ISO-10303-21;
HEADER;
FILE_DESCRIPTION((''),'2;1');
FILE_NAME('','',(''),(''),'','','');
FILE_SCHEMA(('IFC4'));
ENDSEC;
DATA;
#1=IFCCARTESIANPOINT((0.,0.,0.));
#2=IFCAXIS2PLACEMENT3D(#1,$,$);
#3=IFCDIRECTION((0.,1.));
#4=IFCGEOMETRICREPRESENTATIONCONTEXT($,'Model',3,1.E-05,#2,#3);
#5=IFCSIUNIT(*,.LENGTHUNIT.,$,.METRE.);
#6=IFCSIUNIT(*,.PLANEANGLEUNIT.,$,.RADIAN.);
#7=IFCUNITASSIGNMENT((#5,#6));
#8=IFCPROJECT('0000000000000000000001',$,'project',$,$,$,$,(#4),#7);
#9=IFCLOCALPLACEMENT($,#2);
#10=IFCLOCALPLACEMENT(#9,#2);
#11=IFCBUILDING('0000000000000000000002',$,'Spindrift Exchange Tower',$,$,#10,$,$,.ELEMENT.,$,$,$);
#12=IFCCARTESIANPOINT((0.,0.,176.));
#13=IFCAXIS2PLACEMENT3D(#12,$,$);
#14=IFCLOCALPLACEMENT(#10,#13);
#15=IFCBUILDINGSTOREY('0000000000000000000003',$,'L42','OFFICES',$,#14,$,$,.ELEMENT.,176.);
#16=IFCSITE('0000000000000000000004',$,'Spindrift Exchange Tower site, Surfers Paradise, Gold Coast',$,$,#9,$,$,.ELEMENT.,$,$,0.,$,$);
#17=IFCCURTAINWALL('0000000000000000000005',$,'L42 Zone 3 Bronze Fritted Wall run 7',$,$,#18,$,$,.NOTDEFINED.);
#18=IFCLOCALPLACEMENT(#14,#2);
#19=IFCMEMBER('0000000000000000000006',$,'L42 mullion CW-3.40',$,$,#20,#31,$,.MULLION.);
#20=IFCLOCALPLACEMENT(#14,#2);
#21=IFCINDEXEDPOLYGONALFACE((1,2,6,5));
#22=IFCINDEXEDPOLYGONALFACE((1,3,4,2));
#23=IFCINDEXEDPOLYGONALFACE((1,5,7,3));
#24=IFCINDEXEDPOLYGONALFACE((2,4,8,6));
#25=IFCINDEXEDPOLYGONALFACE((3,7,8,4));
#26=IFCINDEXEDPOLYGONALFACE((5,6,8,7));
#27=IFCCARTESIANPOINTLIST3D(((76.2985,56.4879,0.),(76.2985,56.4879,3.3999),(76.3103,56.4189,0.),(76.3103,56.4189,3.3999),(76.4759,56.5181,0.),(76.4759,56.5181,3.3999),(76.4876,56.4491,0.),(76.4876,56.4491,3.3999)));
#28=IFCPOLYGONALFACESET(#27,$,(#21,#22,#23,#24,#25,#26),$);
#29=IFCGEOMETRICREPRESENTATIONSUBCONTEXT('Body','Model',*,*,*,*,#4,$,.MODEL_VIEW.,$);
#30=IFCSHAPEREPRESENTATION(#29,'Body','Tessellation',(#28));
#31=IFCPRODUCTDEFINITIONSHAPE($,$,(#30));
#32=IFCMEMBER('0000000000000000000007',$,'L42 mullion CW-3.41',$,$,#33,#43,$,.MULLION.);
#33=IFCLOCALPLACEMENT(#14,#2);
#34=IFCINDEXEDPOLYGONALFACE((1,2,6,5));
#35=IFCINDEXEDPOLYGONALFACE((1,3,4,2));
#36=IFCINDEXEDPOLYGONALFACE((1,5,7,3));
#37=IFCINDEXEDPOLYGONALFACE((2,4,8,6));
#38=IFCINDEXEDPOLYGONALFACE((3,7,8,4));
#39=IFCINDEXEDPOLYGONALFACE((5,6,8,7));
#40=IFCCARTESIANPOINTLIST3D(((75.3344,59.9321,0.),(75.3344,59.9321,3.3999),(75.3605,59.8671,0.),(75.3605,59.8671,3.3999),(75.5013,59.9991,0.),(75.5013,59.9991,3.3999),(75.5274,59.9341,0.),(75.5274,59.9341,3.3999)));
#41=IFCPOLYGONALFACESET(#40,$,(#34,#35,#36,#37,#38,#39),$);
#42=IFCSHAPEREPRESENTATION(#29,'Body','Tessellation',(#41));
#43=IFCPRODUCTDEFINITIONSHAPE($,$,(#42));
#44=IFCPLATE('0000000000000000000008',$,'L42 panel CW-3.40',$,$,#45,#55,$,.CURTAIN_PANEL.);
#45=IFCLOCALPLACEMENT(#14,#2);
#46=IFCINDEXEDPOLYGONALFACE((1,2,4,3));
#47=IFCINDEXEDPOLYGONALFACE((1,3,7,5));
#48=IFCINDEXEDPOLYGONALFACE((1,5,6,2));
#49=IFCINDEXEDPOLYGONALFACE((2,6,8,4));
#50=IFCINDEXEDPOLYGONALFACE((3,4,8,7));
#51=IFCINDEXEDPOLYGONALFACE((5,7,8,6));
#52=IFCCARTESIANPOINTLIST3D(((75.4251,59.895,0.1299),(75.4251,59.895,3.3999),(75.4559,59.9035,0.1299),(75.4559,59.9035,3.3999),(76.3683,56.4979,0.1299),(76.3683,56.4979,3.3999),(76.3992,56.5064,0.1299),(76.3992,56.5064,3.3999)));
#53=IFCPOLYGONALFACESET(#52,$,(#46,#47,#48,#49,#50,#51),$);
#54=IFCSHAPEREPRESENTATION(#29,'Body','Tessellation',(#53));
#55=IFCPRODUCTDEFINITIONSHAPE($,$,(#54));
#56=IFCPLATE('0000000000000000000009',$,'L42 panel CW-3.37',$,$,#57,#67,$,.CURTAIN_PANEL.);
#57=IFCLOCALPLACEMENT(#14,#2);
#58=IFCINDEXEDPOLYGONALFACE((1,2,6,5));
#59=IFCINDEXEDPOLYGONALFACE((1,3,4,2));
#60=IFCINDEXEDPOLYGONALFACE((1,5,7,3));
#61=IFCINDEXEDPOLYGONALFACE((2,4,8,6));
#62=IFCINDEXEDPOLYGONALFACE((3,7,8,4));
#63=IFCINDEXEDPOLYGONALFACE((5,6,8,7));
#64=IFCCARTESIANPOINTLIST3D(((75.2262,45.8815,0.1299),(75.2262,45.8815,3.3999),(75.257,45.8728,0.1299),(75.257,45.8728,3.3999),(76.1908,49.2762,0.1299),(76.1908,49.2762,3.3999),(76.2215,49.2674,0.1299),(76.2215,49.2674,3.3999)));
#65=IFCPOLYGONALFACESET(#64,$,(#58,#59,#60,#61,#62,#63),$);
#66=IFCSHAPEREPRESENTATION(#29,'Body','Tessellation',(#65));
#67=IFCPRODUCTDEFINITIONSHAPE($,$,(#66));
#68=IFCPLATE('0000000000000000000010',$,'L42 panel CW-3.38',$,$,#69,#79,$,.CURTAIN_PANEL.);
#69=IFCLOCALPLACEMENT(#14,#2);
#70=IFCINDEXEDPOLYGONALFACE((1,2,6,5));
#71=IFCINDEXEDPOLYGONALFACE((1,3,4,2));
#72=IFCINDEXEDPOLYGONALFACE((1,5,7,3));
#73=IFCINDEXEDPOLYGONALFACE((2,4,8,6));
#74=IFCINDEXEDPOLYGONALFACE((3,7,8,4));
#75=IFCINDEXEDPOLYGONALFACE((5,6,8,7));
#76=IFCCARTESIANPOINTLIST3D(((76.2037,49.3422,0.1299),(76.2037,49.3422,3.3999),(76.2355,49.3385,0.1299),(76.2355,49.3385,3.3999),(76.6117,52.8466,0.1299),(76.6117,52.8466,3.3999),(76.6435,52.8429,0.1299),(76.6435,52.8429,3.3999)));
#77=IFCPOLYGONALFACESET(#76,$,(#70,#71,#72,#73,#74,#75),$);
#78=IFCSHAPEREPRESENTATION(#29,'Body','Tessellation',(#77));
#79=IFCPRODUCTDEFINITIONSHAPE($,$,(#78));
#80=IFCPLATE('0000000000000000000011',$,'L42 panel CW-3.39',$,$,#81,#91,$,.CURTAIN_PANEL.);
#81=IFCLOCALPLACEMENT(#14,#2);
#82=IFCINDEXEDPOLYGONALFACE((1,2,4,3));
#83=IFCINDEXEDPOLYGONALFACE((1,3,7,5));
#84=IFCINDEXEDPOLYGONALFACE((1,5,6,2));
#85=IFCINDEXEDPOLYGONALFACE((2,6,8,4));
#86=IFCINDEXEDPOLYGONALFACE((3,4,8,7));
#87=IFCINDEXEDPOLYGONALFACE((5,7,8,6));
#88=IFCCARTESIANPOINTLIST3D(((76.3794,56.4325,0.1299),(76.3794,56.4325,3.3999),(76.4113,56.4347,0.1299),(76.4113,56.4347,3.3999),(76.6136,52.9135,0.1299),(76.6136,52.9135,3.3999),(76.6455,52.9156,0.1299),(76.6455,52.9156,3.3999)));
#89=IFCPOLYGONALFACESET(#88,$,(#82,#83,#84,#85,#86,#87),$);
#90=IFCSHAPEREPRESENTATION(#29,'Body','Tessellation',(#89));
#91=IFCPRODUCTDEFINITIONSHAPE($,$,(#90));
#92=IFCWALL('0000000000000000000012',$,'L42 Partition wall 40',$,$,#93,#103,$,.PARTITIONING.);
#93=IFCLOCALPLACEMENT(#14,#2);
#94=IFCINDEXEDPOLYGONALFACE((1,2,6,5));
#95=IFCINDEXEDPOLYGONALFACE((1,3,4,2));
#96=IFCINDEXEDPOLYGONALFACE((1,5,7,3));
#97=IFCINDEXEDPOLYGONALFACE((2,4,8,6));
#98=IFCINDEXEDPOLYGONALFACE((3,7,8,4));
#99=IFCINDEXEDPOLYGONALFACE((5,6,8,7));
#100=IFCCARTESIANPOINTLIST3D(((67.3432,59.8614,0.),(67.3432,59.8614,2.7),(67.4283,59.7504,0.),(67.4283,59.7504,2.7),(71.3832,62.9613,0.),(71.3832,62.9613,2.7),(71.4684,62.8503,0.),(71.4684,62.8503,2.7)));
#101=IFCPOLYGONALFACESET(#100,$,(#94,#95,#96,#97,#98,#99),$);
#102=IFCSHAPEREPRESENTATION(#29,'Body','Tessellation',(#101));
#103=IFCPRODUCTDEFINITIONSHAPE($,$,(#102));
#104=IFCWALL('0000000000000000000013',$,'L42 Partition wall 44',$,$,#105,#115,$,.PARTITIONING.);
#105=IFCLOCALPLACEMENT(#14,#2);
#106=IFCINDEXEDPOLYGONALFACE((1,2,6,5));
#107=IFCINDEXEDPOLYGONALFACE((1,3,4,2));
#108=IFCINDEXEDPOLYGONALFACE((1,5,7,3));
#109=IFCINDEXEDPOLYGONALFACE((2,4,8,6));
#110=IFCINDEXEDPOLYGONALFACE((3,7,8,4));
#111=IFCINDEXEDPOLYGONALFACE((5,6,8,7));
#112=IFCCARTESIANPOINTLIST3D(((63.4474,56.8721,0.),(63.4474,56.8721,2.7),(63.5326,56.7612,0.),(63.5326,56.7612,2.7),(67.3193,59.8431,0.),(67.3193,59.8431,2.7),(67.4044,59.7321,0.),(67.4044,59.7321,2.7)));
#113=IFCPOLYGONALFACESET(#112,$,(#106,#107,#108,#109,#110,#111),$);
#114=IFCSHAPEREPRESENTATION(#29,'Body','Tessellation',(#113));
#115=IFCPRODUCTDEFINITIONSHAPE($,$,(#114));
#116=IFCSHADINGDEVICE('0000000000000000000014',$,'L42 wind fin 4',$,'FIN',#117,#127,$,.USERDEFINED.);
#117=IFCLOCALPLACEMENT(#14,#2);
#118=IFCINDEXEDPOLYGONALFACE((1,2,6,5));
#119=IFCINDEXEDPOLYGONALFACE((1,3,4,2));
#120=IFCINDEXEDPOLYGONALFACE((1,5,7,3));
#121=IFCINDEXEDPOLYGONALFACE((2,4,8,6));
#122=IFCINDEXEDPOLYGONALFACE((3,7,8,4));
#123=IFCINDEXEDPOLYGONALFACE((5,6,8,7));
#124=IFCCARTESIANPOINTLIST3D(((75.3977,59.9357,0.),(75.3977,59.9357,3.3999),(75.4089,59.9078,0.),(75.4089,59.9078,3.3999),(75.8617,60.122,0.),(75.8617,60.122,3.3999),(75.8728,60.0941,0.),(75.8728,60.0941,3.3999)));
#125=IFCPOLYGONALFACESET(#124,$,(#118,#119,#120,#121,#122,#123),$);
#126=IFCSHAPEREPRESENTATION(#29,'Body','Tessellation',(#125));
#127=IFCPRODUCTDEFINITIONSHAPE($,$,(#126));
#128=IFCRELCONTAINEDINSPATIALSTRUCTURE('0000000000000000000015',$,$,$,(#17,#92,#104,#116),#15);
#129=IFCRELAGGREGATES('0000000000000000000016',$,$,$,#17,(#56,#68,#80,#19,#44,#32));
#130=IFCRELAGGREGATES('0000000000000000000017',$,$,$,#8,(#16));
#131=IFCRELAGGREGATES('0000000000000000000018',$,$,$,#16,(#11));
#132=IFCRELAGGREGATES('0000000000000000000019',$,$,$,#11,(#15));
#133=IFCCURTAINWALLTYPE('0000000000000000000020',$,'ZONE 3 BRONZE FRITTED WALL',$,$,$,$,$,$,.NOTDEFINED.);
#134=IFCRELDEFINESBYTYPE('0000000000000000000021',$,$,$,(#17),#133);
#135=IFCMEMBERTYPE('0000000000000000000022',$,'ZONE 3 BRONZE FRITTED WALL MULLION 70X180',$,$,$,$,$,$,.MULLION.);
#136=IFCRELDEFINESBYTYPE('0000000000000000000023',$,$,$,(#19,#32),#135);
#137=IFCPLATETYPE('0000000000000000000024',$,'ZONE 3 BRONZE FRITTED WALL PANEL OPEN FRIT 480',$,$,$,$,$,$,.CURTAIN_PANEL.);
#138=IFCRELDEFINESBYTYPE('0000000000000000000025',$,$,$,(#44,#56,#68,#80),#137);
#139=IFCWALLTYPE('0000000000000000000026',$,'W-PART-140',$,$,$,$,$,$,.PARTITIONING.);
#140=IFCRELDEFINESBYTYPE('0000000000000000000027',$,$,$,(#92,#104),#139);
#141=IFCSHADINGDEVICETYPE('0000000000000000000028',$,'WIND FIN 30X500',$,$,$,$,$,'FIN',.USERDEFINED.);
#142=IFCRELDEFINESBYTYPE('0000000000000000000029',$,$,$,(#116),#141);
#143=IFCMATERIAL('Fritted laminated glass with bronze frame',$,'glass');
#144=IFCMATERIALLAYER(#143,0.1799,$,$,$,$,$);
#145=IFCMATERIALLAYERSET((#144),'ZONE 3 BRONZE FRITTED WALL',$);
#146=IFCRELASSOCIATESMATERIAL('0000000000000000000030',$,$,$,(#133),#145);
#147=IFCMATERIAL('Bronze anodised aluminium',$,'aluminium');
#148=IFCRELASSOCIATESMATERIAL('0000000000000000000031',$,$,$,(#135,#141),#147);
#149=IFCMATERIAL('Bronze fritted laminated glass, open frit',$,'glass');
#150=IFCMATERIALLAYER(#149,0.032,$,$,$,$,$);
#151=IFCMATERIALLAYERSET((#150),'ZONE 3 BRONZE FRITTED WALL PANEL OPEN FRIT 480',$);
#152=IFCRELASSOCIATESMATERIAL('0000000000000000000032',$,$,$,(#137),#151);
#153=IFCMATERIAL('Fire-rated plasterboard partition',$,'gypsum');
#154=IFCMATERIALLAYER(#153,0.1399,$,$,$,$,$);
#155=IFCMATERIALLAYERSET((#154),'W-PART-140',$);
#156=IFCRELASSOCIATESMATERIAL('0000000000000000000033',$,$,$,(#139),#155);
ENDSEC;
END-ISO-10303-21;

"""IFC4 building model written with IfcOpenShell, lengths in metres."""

from ifc_helpers import new_model, si_unit, direction, frame, frame_2d, origin, origin_2d, place, context, subcontext, project, spatial, rectangle, extrude, source, transform, mapped, material, layer, layer_set, material_profile, profile_set, type_object, element, aggregate, save


model = new_model("IFC4")

# Units and contexts
model_context = context("Model", 3, precision=1e-05, world=origin(), true_north=direction((0.0, 1.0)))
body_context = subcontext(model_context, "Body", "Model", "MODEL_VIEW")
ifc_project = project(units=[si_unit("LENGTHUNIT", "METRE"), si_unit("PLANEANGLEUNIT", "RADIAN")], contexts=[model_context])

# Site, building, storey
site_placement = place(None, origin())
site = spatial("IfcSite", under=ifc_project, at=site_placement, Name="Spindrift Exchange Tower site, Surfers Paradise, Gold Coast", CompositionType="ELEMENT", RefElevation=0.0)
building_placement = place(site_placement, origin())
building = spatial("IfcBuilding", under=site, at=building_placement, Name="Spindrift Exchange Tower", CompositionType="ELEMENT")
storey_placement = place(building_placement, frame((0.0, 0.0, 176.0)))
storey = spatial("IfcBuildingStorey", under=building, at=storey_placement, Name="L42", Description="OFFICES", CompositionType="ELEMENT", Elevation=176.0)

# Curtain wall, members, plates
ifc_material_1 = material(Name="Fritted laminated glass with bronze frame", Category="glass")
ifc_layer_1 = layer(ifc_material_1, 0.1799)
ifc_layer_set_1 = layer_set([ifc_layer_1], Name="ZONE 3 BRONZE FRITTED WALL")
curtain_wall_type = type_object("IfcCurtainWallType", Name="ZONE 3 BRONZE FRITTED WALL", PredefinedType="NOTDEFINED", material=ifc_layer_set_1)
curtain_wall_placement = place(storey_placement, origin())
curtain_wall = element("IfcCurtainWall", 1, at=curtain_wall_placement, inside=storey, type_object=curtain_wall_type, Name="L42 Zone 3 Bronze Fritted Wall run 7", PredefinedType="NOTDEFINED")
ifc_material_2 = material(Name="Bronze anodised aluminium", Category="aluminium")
ifc_material_profile_1 = material_profile(ifc_material_2, rectangle(XDim=0.0701, YDim=0.1799, at=origin_2d()), Name="ZONE 3 BRONZE FRITTED WALL MULLION 70X180")
ifc_profile_set_1 = profile_set([ifc_material_profile_1], Name="Bronze anodised aluminium")
member_type_1 = type_object("IfcMemberType", Name="ZONE 3 BRONZE FRITTED WALL MULLION 70X180", PredefinedType="MULLION", material=ifc_profile_set_1)
shared_shape_1 = source(origin(), body_context, "Body", "SweptSolid", [
    extrude(rectangle(XDim=0.0701, YDim=0.1799, at=origin_2d()), origin(), (0.0, 0.0, 1.0), 3.3999),
])
member_1_placement = place(storey_placement, frame((76.3931, 56.4685, 0.0), z_axis=(0.0, 0.0, 1.0), x_axis=(-0.167846, 0.985813, 0.0)))
member_1 = element("IfcMember", 2, at=member_1_placement, type_object=member_type_1, Name="L42 mullion CW-3.40", PredefinedType="MULLION", context=body_context, shape_type="MappedRepresentation", body=[
    mapped(shared_shape_1, transform((0.0, 0.0, 0.0), scale=1.0)),
])
member_2_placement = place(storey_placement, frame((75.4309, 59.9331, 0.0), z_axis=(0.0, 0.0, 1.0), x_axis=(-0.372632, 0.927979, 0.0)))
member_2 = element("IfcMember", 3, at=member_2_placement, type_object=member_type_1, Name="L42 mullion CW-3.41", PredefinedType="MULLION", context=body_context, shape_type="MappedRepresentation", body=[
    mapped(shared_shape_1, transform((0.0, 0.0, 0.0), scale=1.0)),
])
ifc_material_3 = material(Name="Bronze fritted laminated glass, open frit", Category="glass")
ifc_layer_2 = layer(ifc_material_3, 0.032)
ifc_layer_set_2 = layer_set([ifc_layer_2], Name="ZONE 3 BRONZE FRITTED WALL PANEL OPEN FRIT 480")
plate_type = type_object("IfcPlateType", Name="ZONE 3 BRONZE FRITTED WALL PANEL OPEN FRIT 480", PredefinedType="CURTAIN_PANEL", material=ifc_layer_set_2)
shared_shape_2 = source(origin(), body_context, "Body", "SweptSolid", [
    extrude(rectangle(XDim=3.5256, YDim=0.032, at=origin_2d()), origin(), (0.0, 0.0, 1.0), 3.27),
])
plate_1_placement = place(storey_placement, frame((75.9121, 58.2007, 0.1299), z_axis=(0.0, 0.0, 1.0), x_axis=(-0.267551, 0.963544, 0.0)))
plate_1 = element("IfcPlate", 4, at=plate_1_placement, type_object=plate_type, Name="L42 panel CW-3.40", PredefinedType="CURTAIN_PANEL", context=body_context, shape_type="MappedRepresentation", body=[
    mapped(shared_shape_2, transform((0.0, 0.0, 0.0), scale=1.0)),
])
shared_shape_3 = source(origin(), body_context, "Body", "SweptSolid", [
    extrude(rectangle(XDim=3.5291, YDim=0.032, at=origin_2d()), origin(), (0.0, 0.0, 1.0), 3.27),
])
plate_2_placement = place(storey_placement, frame((75.7239, 47.5745, 0.1299), z_axis=(0.0, 0.0, 1.0), x_axis=(0.273315, 0.961925, 0.0)))
plate_2 = element("IfcPlate", 5, at=plate_2_placement, type_object=plate_type, Name="L42 panel CW-3.37", PredefinedType="CURTAIN_PANEL", context=body_context, shape_type="MappedRepresentation", body=[
    mapped(shared_shape_3, transform((0.0, 0.0, 0.0), scale=1.0)),
])
shared_shape_4 = source(origin(), body_context, "Body", "SweptSolid", [
    extrude(rectangle(XDim=3.5281, YDim=0.032, at=origin_2d()), origin(), (0.0, 0.0, 1.0), 3.27),
])
plate_3_placement = place(storey_placement, frame((76.4236, 51.0925, 0.1299), z_axis=(0.0, 0.0, 1.0), x_axis=(0.115643, 0.993291, 0.0)))
plate_3 = element("IfcPlate", 6, at=plate_3_placement, type_object=plate_type, Name="L42 panel CW-3.38", PredefinedType="CURTAIN_PANEL", context=body_context, shape_type="MappedRepresentation", body=[
    mapped(shared_shape_4, transform((0.0, 0.0, 0.0), scale=1.0)),
])
shared_shape_5 = source(origin(), body_context, "Body", "SweptSolid", [
    extrude(rectangle(XDim=3.5269, YDim=0.032, at=origin_2d()), origin(), (0.0, 0.0, 1.0), 3.27),
])
plate_4_placement = place(storey_placement, frame((76.5125, 54.6741, 0.1299), z_axis=(0.0, 0.0, 1.0), x_axis=(-0.066391, 0.997794, 0.0)))
plate_4 = element("IfcPlate", 7, at=plate_4_placement, type_object=plate_type, Name="L42 panel CW-3.39", PredefinedType="CURTAIN_PANEL", context=body_context, shape_type="MappedRepresentation", body=[
    mapped(shared_shape_5, transform((0.0, 0.0, 0.0), scale=1.0)),
])
aggregate(curtain_wall, [plate_2, plate_3, plate_4, member_1, plate_1, member_2])

# Walls
ifc_material_4 = material(Name="Fire-rated plasterboard partition", Category="gypsum")
ifc_layer_3 = layer(ifc_material_4, 0.1399)
ifc_layer_set_3 = layer_set([ifc_layer_3], Name="W-PART-140")
wall_type = type_object("IfcWallType", Name="W-PART-140", PredefinedType="PARTITIONING", material=ifc_layer_set_3)
wall_1_placement = place(storey_placement, frame((67.3857, 59.8059, 0.0), z_axis=(0.0, 0.0, 1.0), x_axis=(0.79337, 0.608739, 0.0)))
element("IfcWall", 8, at=wall_1_placement, inside=storey, type_object=wall_type, Name="L42 Partition wall 40", PredefinedType="PARTITIONING", context=body_context, shape_type="SweptSolid", body=[
    extrude(rectangle(XDim=5.0923, YDim=0.1399, at=frame_2d((2.5461, 0.0))), origin(), (0.0, 0.0, 1.0), 2.7),
])
wall_2_placement = place(storey_placement, frame((63.49, 56.8167, 0.0), z_axis=(0.0, 0.0, 1.0), x_axis=(0.793354, 0.60876, 0.0)))
element("IfcWall", 9, at=wall_2_placement, inside=storey, type_object=wall_type, Name="L42 Partition wall 44", PredefinedType="PARTITIONING", context=body_context, shape_type="SweptSolid", body=[
    extrude(rectangle(XDim=4.8804, YDim=0.1399, at=frame_2d((2.4402, 0.0))), origin(), (0.0, 0.0, 1.0), 2.7),
])

# Shading device
ifc_material_profile_2 = material_profile(ifc_material_2, rectangle(XDim=0.03, YDim=0.5, at=origin_2d()), Name="WIND FIN 30X500")
ifc_profile_set_2 = profile_set([ifc_material_profile_2], Name="Bronze anodised aluminium")
shading_device_type = type_object("IfcShadingDeviceType", Name="WIND FIN 30X500", ElementType="FIN", PredefinedType="USERDEFINED", material=ifc_profile_set_2)
shared_shape_6 = source(origin(), body_context, "Body", "SweptSolid", [
    extrude(rectangle(XDim=0.03, YDim=0.5, at=origin_2d()), origin(), (0.0, 0.0, 1.0), 3.3999),
])
shading_device_placement = place(storey_placement, frame((75.6353, 60.0149, 0.0), z_axis=(0.0, 0.0, 1.0), x_axis=(-0.372631, 0.927979, 0.0)))
element("IfcShadingDevice", 10, at=shading_device_placement, inside=storey, type_object=shading_device_type, Name="L42 wind fin 4", ObjectType="FIN", PredefinedType="USERDEFINED", context=body_context, shape_type="MappedRepresentation", body=[
    mapped(shared_shape_6, transform((0.0, 0.0, 0.0), scale=1.0)),
])

save(model, "model.ifc")
